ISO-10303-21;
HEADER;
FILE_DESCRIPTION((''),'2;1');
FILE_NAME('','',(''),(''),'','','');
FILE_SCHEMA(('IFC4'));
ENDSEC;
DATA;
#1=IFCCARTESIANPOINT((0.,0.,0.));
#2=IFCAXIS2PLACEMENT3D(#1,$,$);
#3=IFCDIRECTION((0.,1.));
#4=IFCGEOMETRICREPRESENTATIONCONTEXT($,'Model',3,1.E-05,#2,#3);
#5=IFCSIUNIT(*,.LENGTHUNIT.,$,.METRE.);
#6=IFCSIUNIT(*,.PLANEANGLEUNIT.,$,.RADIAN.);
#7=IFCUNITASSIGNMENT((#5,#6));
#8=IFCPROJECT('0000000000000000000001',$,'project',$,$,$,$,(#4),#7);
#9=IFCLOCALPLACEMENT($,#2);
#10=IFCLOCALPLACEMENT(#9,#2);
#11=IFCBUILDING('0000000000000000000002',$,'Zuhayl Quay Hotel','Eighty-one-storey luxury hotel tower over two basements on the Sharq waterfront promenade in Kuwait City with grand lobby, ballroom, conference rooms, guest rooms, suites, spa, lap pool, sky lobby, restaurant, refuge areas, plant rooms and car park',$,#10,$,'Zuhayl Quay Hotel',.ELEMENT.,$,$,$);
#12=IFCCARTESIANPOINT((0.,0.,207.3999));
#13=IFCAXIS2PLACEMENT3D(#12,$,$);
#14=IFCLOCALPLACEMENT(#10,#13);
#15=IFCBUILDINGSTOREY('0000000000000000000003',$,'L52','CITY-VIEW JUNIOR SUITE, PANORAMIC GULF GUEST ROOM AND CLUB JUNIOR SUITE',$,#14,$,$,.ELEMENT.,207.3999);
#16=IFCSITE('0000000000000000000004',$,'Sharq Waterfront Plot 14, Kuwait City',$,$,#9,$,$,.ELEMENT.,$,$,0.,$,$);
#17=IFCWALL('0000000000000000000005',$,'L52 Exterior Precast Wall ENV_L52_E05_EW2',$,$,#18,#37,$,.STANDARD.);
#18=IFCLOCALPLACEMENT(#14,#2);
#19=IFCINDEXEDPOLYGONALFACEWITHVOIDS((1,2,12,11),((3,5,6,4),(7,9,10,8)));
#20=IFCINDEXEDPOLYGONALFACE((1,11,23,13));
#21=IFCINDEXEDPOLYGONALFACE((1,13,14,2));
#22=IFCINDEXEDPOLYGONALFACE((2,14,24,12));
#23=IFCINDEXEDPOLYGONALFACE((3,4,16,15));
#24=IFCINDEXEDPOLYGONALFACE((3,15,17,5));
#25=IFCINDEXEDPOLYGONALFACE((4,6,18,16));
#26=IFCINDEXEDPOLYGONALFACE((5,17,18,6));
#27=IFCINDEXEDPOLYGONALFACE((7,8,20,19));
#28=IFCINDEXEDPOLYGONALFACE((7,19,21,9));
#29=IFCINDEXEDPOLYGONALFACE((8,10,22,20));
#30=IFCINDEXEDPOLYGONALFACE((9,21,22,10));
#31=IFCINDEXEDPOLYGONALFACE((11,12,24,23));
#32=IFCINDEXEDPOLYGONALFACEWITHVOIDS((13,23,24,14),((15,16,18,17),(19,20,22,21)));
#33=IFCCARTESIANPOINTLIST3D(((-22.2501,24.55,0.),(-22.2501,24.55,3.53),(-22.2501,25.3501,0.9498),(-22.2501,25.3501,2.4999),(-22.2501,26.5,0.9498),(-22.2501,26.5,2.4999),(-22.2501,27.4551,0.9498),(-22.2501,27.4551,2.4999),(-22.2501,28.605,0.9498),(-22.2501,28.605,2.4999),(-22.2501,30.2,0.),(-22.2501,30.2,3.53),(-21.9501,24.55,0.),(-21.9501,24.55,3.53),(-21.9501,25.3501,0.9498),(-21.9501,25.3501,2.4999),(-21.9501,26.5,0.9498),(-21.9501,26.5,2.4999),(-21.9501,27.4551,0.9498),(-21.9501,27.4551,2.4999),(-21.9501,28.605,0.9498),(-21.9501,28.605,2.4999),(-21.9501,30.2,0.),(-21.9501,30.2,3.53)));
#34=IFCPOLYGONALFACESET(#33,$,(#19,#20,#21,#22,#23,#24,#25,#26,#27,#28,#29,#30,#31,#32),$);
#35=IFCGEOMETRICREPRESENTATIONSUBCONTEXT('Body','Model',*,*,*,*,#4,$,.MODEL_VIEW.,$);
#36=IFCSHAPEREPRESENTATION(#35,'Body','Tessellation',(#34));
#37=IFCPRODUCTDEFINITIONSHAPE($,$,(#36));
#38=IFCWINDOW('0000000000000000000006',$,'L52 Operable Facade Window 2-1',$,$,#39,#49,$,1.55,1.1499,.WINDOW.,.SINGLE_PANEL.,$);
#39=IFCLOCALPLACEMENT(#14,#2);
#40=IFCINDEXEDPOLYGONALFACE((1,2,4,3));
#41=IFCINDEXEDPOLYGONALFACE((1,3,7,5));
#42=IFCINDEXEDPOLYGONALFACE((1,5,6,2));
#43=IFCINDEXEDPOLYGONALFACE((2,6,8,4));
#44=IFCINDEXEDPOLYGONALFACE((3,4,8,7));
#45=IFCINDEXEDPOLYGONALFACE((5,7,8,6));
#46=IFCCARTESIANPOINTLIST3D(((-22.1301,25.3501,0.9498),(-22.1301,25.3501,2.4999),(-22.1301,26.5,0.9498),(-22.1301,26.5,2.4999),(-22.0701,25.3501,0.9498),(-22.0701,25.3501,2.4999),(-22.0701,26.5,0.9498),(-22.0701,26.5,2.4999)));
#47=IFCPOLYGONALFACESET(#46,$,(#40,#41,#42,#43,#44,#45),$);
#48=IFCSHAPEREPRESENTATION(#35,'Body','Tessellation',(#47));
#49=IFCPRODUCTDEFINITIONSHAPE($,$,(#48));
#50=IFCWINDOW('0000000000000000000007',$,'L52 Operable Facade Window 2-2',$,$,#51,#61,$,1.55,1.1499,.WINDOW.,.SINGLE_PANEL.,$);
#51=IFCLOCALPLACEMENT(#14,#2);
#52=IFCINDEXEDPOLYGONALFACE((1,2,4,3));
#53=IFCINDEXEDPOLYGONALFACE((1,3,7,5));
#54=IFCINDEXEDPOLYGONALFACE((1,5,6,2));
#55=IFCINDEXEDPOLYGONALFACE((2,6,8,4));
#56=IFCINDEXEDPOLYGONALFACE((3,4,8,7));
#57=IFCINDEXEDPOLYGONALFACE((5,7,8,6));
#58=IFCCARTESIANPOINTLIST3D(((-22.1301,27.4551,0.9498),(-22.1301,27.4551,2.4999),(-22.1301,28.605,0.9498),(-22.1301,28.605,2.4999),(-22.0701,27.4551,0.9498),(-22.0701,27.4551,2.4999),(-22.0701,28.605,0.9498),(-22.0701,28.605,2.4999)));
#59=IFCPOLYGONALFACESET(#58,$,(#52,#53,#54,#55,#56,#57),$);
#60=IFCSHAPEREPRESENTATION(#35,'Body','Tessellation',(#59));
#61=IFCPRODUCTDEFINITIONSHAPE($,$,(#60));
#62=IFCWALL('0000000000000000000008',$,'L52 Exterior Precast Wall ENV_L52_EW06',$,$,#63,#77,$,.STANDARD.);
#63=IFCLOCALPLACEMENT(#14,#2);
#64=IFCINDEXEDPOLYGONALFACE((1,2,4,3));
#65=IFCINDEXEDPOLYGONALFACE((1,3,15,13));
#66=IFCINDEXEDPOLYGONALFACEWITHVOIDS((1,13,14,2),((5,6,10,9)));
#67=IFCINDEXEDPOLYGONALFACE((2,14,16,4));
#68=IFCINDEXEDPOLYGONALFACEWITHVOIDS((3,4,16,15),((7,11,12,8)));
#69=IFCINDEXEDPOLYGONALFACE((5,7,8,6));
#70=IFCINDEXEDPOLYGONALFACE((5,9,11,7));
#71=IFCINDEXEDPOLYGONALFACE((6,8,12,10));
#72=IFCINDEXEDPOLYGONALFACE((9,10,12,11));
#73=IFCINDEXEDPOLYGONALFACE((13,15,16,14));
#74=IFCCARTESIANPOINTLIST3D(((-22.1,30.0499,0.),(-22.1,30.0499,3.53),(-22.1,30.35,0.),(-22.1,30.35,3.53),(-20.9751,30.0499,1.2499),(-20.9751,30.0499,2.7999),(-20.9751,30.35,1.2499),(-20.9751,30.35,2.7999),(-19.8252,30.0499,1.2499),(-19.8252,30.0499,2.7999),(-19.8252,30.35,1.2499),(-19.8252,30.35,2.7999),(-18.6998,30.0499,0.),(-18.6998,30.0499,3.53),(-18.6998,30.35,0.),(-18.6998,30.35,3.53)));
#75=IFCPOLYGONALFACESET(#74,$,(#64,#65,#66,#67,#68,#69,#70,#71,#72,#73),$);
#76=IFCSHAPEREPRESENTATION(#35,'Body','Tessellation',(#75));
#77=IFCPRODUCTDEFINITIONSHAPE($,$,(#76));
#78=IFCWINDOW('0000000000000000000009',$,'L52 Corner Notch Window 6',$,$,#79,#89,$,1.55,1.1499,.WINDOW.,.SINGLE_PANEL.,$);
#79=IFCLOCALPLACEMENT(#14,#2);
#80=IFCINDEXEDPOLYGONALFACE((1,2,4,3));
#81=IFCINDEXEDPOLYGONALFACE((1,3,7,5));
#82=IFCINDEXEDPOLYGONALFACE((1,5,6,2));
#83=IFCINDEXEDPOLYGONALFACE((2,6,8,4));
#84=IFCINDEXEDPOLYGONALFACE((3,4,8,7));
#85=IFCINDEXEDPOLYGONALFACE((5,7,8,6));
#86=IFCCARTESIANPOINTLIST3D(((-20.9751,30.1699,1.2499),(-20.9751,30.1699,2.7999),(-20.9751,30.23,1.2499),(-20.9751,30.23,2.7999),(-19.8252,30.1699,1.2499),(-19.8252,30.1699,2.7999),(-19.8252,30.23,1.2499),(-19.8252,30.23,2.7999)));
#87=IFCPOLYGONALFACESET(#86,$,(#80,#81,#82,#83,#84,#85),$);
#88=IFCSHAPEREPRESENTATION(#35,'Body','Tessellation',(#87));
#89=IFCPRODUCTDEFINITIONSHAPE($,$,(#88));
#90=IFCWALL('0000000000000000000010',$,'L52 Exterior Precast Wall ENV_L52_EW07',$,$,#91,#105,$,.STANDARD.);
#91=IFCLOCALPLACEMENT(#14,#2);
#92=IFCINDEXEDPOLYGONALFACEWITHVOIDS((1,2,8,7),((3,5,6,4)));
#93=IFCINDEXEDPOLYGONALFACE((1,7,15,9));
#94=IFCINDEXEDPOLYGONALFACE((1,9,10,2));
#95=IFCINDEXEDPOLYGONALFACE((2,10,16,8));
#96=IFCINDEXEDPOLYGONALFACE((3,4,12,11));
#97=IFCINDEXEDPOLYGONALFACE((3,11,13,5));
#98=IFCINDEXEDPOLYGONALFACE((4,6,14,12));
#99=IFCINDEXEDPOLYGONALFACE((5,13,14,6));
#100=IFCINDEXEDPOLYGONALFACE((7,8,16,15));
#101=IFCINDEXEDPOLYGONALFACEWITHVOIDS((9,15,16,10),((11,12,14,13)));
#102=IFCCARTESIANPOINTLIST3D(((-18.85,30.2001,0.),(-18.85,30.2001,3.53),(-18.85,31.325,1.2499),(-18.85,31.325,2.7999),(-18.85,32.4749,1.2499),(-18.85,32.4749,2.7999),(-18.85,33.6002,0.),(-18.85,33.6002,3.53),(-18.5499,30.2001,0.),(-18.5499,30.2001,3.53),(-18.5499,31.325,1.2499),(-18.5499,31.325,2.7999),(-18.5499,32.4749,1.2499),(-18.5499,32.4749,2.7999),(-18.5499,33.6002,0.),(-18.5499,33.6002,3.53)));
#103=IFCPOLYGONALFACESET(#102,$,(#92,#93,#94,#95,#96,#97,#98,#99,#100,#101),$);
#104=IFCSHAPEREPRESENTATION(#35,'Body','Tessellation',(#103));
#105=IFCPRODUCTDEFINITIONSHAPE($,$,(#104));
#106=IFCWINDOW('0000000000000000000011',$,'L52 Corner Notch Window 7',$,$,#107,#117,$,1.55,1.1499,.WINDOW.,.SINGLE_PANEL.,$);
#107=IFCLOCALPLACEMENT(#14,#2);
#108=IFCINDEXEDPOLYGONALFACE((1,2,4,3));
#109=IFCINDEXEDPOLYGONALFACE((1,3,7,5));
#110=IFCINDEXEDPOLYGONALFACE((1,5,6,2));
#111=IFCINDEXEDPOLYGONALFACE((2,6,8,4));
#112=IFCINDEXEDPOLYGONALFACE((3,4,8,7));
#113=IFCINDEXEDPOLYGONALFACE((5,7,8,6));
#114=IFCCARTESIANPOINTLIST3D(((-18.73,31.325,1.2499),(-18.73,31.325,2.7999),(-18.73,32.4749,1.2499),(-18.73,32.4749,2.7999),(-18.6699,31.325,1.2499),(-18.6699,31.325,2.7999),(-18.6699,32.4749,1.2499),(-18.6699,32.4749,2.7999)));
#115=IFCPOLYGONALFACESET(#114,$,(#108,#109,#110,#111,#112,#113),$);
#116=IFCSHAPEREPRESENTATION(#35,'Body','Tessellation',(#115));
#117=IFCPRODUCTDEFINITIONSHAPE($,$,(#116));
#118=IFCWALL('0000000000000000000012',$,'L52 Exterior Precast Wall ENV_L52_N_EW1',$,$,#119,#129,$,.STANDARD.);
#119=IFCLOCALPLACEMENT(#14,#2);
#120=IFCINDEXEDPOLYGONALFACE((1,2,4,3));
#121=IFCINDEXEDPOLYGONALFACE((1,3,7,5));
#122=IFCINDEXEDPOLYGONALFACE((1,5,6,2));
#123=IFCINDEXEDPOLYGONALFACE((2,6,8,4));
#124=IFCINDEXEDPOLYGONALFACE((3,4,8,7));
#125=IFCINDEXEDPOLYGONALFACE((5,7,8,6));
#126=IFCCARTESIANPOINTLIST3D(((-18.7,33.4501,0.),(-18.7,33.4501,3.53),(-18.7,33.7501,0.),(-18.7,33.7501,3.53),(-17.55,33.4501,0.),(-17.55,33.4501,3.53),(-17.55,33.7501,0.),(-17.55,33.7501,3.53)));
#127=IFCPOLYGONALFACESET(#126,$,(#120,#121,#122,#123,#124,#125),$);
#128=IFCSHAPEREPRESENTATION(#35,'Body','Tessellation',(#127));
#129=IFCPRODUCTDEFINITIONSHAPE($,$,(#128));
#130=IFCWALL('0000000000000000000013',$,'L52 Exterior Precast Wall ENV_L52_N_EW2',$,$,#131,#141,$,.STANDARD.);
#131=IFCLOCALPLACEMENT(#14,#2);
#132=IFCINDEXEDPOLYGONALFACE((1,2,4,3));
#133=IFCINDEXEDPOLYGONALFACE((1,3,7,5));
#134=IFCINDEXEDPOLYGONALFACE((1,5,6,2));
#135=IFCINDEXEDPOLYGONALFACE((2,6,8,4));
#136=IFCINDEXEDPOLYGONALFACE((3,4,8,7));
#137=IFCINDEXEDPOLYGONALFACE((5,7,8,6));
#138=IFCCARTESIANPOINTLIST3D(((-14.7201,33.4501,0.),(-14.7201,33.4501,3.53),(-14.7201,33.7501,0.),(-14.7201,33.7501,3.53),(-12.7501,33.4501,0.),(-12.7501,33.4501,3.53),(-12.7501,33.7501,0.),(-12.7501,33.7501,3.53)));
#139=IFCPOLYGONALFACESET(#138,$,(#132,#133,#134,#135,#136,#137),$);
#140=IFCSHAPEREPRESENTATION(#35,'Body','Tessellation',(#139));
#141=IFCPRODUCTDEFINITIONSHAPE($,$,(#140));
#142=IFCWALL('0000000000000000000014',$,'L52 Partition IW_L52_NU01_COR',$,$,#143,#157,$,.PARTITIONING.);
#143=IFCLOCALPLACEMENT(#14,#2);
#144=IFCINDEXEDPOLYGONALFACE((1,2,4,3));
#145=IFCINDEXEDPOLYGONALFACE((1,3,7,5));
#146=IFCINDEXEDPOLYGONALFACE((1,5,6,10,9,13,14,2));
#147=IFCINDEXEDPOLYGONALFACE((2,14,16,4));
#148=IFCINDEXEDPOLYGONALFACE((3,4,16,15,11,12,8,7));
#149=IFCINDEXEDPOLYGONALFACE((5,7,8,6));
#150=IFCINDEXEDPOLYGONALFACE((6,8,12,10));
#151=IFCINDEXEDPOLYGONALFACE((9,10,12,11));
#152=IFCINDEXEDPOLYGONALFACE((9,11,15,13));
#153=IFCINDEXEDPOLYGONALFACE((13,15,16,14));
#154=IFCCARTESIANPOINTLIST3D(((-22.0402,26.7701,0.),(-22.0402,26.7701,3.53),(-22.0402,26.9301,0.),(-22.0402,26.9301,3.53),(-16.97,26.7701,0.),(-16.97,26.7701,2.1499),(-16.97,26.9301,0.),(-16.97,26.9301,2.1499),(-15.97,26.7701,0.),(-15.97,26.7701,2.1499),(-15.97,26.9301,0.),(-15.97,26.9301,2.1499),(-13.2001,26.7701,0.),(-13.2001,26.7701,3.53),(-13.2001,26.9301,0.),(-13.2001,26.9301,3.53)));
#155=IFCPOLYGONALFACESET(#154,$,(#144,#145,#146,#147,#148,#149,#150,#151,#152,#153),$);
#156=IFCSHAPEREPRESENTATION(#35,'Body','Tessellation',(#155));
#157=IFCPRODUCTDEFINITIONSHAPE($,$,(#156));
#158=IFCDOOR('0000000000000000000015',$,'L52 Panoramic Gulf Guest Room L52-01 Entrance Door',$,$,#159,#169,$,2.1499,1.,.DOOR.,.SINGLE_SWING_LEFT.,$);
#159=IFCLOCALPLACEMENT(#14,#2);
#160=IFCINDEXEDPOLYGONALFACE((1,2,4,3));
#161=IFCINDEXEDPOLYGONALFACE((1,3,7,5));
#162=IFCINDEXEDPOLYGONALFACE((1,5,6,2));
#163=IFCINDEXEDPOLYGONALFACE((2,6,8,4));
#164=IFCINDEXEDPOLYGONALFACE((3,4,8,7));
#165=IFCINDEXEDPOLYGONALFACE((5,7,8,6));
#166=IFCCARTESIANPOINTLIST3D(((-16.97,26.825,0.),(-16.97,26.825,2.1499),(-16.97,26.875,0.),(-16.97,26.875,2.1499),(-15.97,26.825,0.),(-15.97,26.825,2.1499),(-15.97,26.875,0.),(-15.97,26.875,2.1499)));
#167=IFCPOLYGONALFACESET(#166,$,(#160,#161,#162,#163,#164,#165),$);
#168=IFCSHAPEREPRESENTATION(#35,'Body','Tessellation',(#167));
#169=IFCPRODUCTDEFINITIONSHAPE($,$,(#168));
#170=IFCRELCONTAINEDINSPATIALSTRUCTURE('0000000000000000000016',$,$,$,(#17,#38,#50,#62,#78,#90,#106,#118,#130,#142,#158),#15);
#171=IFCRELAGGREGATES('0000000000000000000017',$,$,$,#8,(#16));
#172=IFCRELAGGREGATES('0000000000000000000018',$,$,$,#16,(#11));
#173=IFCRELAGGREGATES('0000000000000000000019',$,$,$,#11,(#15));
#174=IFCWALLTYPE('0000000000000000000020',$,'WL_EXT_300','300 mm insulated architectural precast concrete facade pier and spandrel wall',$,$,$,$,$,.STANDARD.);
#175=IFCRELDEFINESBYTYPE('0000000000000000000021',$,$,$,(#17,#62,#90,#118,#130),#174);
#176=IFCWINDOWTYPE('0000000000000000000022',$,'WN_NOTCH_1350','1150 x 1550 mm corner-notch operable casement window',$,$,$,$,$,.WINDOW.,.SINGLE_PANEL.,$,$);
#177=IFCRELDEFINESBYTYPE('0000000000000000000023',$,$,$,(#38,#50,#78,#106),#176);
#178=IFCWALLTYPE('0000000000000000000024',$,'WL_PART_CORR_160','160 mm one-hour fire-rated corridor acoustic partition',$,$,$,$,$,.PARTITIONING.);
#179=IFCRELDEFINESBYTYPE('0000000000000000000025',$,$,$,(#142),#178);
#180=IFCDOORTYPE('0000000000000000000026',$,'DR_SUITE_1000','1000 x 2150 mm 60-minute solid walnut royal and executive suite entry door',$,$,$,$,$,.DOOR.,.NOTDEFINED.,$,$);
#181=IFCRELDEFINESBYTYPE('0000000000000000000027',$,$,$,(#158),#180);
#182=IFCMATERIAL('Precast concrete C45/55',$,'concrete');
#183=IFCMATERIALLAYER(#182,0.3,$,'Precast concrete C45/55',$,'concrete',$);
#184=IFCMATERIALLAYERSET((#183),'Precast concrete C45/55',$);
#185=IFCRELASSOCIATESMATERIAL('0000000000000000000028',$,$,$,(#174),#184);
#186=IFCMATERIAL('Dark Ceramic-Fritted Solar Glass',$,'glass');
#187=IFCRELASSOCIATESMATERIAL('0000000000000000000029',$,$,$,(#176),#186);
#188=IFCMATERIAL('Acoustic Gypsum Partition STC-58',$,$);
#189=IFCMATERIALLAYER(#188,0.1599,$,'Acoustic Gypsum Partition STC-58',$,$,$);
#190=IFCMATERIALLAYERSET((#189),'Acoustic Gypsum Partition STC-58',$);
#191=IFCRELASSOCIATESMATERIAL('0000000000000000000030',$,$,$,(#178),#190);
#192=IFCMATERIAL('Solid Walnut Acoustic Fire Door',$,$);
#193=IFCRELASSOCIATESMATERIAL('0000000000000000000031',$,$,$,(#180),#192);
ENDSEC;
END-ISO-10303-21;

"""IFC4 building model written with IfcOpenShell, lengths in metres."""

from ifc_helpers import new_model, si_unit, direction, frame, frame_2d, origin, place, context, subcontext, project, spatial, rectangle, extrude, material, layer, layer_set, type_object, element, fill, save


model = new_model("IFC4")

# Units and contexts
model_context = context("Model", 3, precision=1e-05, world=origin(), true_north=direction((0.0, 1.0)))
body_context = subcontext(model_context, "Body", "Model", "MODEL_VIEW")
ifc_project = project(units=[si_unit("LENGTHUNIT", "METRE"), si_unit("PLANEANGLEUNIT", "RADIAN")], contexts=[model_context])

# Site, building, storey
site_placement = place(None, origin())
site = spatial("IfcSite", under=ifc_project, at=site_placement, Name="Sharq Waterfront Plot 14, Kuwait City", CompositionType="ELEMENT", RefElevation=0.0)
building_placement = place(site_placement, origin())
building = spatial("IfcBuilding", under=site, at=building_placement, Name="Zuhayl Quay Hotel", Description="Eighty-one-storey luxury hotel tower over two basements on the Sharq waterfront promenade in Kuwait City with grand lobby, ballroom, conference rooms, guest rooms, suites, spa, lap pool, sky lobby, restaurant, refuge areas, plant rooms and car park", LongName="Zuhayl Quay Hotel", CompositionType="ELEMENT")
storey_placement = place(building_placement, frame((0.0, 0.0, 207.3999)))
storey = spatial("IfcBuildingStorey", under=building, at=storey_placement, Name="L52", Description="CITY-VIEW JUNIOR SUITE, PANORAMIC GULF GUEST ROOM AND CLUB JUNIOR SUITE", CompositionType="ELEMENT", Elevation=207.3999)

# Shared definitions
ifc_material_1 = material(Name="Dark Ceramic-Fritted Solar Glass", Category="glass")

# Wall, openings, windows
ifc_material_2 = material(Name="Precast concrete C45/55", Category="concrete")
ifc_layer_1 = layer(ifc_material_2, 0.3, Name="Precast concrete C45/55", Category="concrete")
ifc_layer_set_1 = layer_set([ifc_layer_1], Name="Precast concrete C45/55")
wall_type_1 = type_object("IfcWallType", Name="WL_EXT_300", Description="300 mm insulated architectural precast concrete facade pier and spandrel wall", PredefinedType="STANDARD", material=ifc_layer_set_1)
wall_1_placement = place(storey_placement, frame((-22.1001, 24.55, 0.0), z_axis=(0.0, 0.0, 1.0), x_axis=(0.0, 1.0, 0.0)))
wall_1 = element("IfcWall", 1, at=wall_1_placement, inside=storey, type_object=wall_type_1, Name="L52 Exterior Precast Wall ENV_L52_E05_EW2", PredefinedType="STANDARD", context=body_context, shape_type="SweptSolid", body=[
    extrude(rectangle(XDim=5.6499, YDim=0.3, at=frame_2d((2.825, 0.0))), origin(), (0.0, 0.0, 1.0), 3.53),
])
opening_1_placement = place(wall_1_placement, frame((0.8, 0.0, 0.95)))
opening_1 = element("IfcOpeningElement", 2, at=opening_1_placement, cuts=wall_1, PredefinedType="OPENING", context=body_context, shape_type="SweptSolid", body=[
    extrude(rectangle(XDim=1.1499, YDim=1.55, at=frame_2d((0.575, 0.7749))), frame((0.0, 0.1599, 0.0), z_axis=(0.0, -1.0, 0.0), x_axis=(1.0, 0.0, 0.0)), (0.0, 0.0, 1.0), 0.3201),
])
opening_2_placement = place(wall_1_placement, frame((2.905, 0.0, 0.95)))
opening_2 = element("IfcOpeningElement", 3, at=opening_2_placement, cuts=wall_1, PredefinedType="OPENING", context=body_context, shape_type="SweptSolid", body=[
    extrude(rectangle(XDim=1.1499, YDim=1.55, at=frame_2d((0.575, 0.7749))), frame((0.0, 0.1599, 0.0), z_axis=(0.0, -1.0, 0.0), x_axis=(1.0, 0.0, 0.0)), (0.0, 0.0, 1.0), 0.3201),
])
window_type = type_object("IfcWindowType", Name="WN_NOTCH_1350", Description="1150 x 1550 mm corner-notch operable casement window", PartitioningType="SINGLE_PANEL", PredefinedType="WINDOW", material=ifc_material_1)
window_1_placement = place(opening_1_placement, origin())
window_1 = element("IfcWindow", 4, at=window_1_placement, inside=storey, type_object=window_type, Name="L52 Operable Facade Window 2-1", OverallHeight=1.55, OverallWidth=1.1499, PartitioningType="SINGLE_PANEL", PredefinedType="WINDOW", context=body_context, shape_type="SweptSolid", body=[
    extrude(rectangle(XDim=1.1499, YDim=1.55, at=frame_2d((0.575, 0.7749))), frame((0.0, 0.03, 0.0), z_axis=(0.0, -1.0, 0.0), x_axis=(1.0, 0.0, 0.0)), (0.0, 0.0, 1.0), 0.0601),
])
fill(opening_1, window_1)
window_2_placement = place(opening_2_placement, origin())
window_2 = element("IfcWindow", 5, at=window_2_placement, inside=storey, type_object=window_type, Name="L52 Operable Facade Window 2-2", OverallHeight=1.55, OverallWidth=1.1499, PartitioningType="SINGLE_PANEL", PredefinedType="WINDOW", context=body_context, shape_type="SweptSolid", body=[
    extrude(rectangle(XDim=1.1499, YDim=1.55, at=frame_2d((0.575, 0.7749))), frame((0.0, 0.03, 0.0), z_axis=(0.0, -1.0, 0.0), x_axis=(1.0, 0.0, 0.0)), (0.0, 0.0, 1.0), 0.0601),
])
fill(opening_2, window_2)

# Walls, openings, windows
wall_2_placement = place(storey_placement, frame((-22.1001, 30.2, 0.0), z_axis=(0.0, 0.0, 1.0), x_axis=(1.0, 0.0, 0.0)))
wall_2 = element("IfcWall", 6, at=wall_2_placement, inside=storey, type_object=wall_type_1, Name="L52 Exterior Precast Wall ENV_L52_EW06", PredefinedType="STANDARD", context=body_context, shape_type="SweptSolid", body=[
    extrude(rectangle(XDim=3.4001, YDim=0.3, at=frame_2d((1.7002, 0.0))), origin(), (0.0, 0.0, 1.0), 3.53),
])
opening_3_placement = place(wall_2_placement, frame((1.125, 0.0, 1.25)))
opening_3 = element("IfcOpeningElement", 7, at=opening_3_placement, cuts=wall_2, PredefinedType="OPENING", context=body_context, shape_type="SweptSolid", body=[
    extrude(rectangle(XDim=1.1499, YDim=1.55, at=frame_2d((0.575, 0.7749))), frame((0.0, 0.1599, 0.0), z_axis=(0.0, -1.0, 0.0), x_axis=(1.0, 0.0, 0.0)), (0.0, 0.0, 1.0), 0.3201),
])
window_3_placement = place(opening_3_placement, origin())
window_3 = element("IfcWindow", 8, at=window_3_placement, inside=storey, type_object=window_type, Name="L52 Corner Notch Window 6", OverallHeight=1.55, OverallWidth=1.1499, PartitioningType="SINGLE_PANEL", PredefinedType="WINDOW", context=body_context, shape_type="SweptSolid", body=[
    extrude(rectangle(XDim=1.1499, YDim=1.55, at=frame_2d((0.575, 0.7749))), frame((0.0, 0.03, 0.0), z_axis=(0.0, -1.0, 0.0), x_axis=(1.0, 0.0, 0.0)), (0.0, 0.0, 1.0), 0.0601),
])
fill(opening_3, window_3)
wall_3_placement = place(storey_placement, frame((-18.7, 30.2, 0.0), z_axis=(0.0, 0.0, 1.0), x_axis=(0.0, 1.0, 0.0)))
wall_3 = element("IfcWall", 9, at=wall_3_placement, inside=storey, type_object=wall_type_1, Name="L52 Exterior Precast Wall ENV_L52_EW07", PredefinedType="STANDARD", context=body_context, shape_type="SweptSolid", body=[
    extrude(rectangle(XDim=3.4001, YDim=0.3, at=frame_2d((1.7002, 0.0))), origin(), (0.0, 0.0, 1.0), 3.53),
])
opening_4_placement = place(wall_3_placement, frame((1.125, 0.0, 1.25)))
opening_4 = element("IfcOpeningElement", 10, at=opening_4_placement, cuts=wall_3, PredefinedType="OPENING", context=body_context, shape_type="SweptSolid", body=[
    extrude(rectangle(XDim=1.1499, YDim=1.55, at=frame_2d((0.575, 0.7749))), frame((0.0, 0.1599, 0.0), z_axis=(0.0, -1.0, 0.0), x_axis=(1.0, 0.0, 0.0)), (0.0, 0.0, 1.0), 0.3201),
])
window_4_placement = place(opening_4_placement, origin())
window_4 = element("IfcWindow", 11, at=window_4_placement, inside=storey, type_object=window_type, Name="L52 Corner Notch Window 7", OverallHeight=1.55, OverallWidth=1.1499, PartitioningType="SINGLE_PANEL", PredefinedType="WINDOW", context=body_context, shape_type="SweptSolid", body=[
    extrude(rectangle(XDim=1.1499, YDim=1.55, at=frame_2d((0.575, 0.7749))), frame((0.0, 0.03, 0.0), z_axis=(0.0, -1.0, 0.0), x_axis=(1.0, 0.0, 0.0)), (0.0, 0.0, 1.0), 0.0601),
])
fill(opening_4, window_4)

# Walls
wall_4_placement = place(storey_placement, frame((-18.7, 33.6001, 0.0), z_axis=(0.0, 0.0, 1.0), x_axis=(1.0, 0.0, 0.0)))
element("IfcWall", 12, at=wall_4_placement, inside=storey, type_object=wall_type_1, Name="L52 Exterior Precast Wall ENV_L52_N_EW1", PredefinedType="STANDARD", context=body_context, shape_type="SweptSolid", body=[
    extrude(rectangle(XDim=1.1499, YDim=0.3, at=frame_2d((0.575, 0.0))), origin(), (0.0, 0.0, 1.0), 3.53),
])
wall_5_placement = place(storey_placement, frame((-14.72, 33.6001, 0.0), z_axis=(0.0, 0.0, 1.0), x_axis=(1.0, 0.0, 0.0)))
element("IfcWall", 13, at=wall_5_placement, inside=storey, type_object=wall_type_1, Name="L52 Exterior Precast Wall ENV_L52_N_EW2", PredefinedType="STANDARD", context=body_context, shape_type="SweptSolid", body=[
    extrude(rectangle(XDim=1.97, YDim=0.3, at=frame_2d((0.9849, 0.0))), origin(), (0.0, 0.0, 1.0), 3.53),
])

# Wall, opening, door
ifc_material_3 = material(Name="Acoustic Gypsum Partition STC-58")
ifc_layer_2 = layer(ifc_material_3, 0.1599, Name="Acoustic Gypsum Partition STC-58")
ifc_layer_set_2 = layer_set([ifc_layer_2], Name="Acoustic Gypsum Partition STC-58")
wall_type_2 = type_object("IfcWallType", Name="WL_PART_CORR_160", Description="160 mm one-hour fire-rated corridor acoustic partition", PredefinedType="PARTITIONING", material=ifc_layer_set_2)
wall_6_placement = place(storey_placement, frame((-22.04, 26.8501, 0.0), z_axis=(0.0, 0.0, 1.0), x_axis=(1.0, 0.0, 0.0)))
wall_6 = element("IfcWall", 14, at=wall_6_placement, inside=storey, type_object=wall_type_2, Name="L52 Partition IW_L52_NU01_COR", PredefinedType="PARTITIONING", context=body_context, shape_type="SweptSolid", body=[
    extrude(rectangle(XDim=8.8401, YDim=0.1599, at=frame_2d((4.4199, 0.0))), origin(), (0.0, 0.0, 1.0), 3.53),
])
opening_5_placement = place(wall_6_placement, frame((5.0701, 0.0, 0.0)))
opening_5 = element("IfcOpeningElement", 15, at=opening_5_placement, cuts=wall_6, PredefinedType="OPENING", context=body_context, shape_type="SweptSolid", body=[
    extrude(rectangle(XDim=1.0, YDim=2.1499, at=frame_2d((0.5, 1.075))), frame((0.0, 0.0898, 0.0), z_axis=(0.0, -1.0, 0.0), x_axis=(1.0, 0.0, 0.0)), (0.0, 0.0, 1.0), 0.1799),
])
ifc_material_4 = material(Name="Solid Walnut Acoustic Fire Door")
door_type_1 = type_object("IfcDoorType", Name="DR_SUITE_1000", Description="1000 x 2150 mm 60-minute solid walnut royal and executive suite entry door", OperationType="NOTDEFINED", PredefinedType="DOOR", material=ifc_material_4)
door_1_placement = place(opening_5_placement, origin())
door_1 = element("IfcDoor", 16, at=door_1_placement, inside=storey, type_object=door_type_1, Name="L52 Panoramic Gulf Guest Room L52-01 Entrance Door", OperationType="SINGLE_SWING_LEFT", OverallHeight=2.1499, OverallWidth=1.0, PredefinedType="DOOR", context=body_context, shape_type="SweptSolid", body=[
    extrude(rectangle(XDim=1.0, YDim=2.1499, at=frame_2d((0.5, 1.075))), frame((0.0, 0.0249, 0.0), z_axis=(0.0, -1.0, 0.0), x_axis=(1.0, 0.0, 0.0)), (0.0, 0.0, 1.0), 0.05),
])
fill(opening_5, door_1)

save(model, "model.ifc")
